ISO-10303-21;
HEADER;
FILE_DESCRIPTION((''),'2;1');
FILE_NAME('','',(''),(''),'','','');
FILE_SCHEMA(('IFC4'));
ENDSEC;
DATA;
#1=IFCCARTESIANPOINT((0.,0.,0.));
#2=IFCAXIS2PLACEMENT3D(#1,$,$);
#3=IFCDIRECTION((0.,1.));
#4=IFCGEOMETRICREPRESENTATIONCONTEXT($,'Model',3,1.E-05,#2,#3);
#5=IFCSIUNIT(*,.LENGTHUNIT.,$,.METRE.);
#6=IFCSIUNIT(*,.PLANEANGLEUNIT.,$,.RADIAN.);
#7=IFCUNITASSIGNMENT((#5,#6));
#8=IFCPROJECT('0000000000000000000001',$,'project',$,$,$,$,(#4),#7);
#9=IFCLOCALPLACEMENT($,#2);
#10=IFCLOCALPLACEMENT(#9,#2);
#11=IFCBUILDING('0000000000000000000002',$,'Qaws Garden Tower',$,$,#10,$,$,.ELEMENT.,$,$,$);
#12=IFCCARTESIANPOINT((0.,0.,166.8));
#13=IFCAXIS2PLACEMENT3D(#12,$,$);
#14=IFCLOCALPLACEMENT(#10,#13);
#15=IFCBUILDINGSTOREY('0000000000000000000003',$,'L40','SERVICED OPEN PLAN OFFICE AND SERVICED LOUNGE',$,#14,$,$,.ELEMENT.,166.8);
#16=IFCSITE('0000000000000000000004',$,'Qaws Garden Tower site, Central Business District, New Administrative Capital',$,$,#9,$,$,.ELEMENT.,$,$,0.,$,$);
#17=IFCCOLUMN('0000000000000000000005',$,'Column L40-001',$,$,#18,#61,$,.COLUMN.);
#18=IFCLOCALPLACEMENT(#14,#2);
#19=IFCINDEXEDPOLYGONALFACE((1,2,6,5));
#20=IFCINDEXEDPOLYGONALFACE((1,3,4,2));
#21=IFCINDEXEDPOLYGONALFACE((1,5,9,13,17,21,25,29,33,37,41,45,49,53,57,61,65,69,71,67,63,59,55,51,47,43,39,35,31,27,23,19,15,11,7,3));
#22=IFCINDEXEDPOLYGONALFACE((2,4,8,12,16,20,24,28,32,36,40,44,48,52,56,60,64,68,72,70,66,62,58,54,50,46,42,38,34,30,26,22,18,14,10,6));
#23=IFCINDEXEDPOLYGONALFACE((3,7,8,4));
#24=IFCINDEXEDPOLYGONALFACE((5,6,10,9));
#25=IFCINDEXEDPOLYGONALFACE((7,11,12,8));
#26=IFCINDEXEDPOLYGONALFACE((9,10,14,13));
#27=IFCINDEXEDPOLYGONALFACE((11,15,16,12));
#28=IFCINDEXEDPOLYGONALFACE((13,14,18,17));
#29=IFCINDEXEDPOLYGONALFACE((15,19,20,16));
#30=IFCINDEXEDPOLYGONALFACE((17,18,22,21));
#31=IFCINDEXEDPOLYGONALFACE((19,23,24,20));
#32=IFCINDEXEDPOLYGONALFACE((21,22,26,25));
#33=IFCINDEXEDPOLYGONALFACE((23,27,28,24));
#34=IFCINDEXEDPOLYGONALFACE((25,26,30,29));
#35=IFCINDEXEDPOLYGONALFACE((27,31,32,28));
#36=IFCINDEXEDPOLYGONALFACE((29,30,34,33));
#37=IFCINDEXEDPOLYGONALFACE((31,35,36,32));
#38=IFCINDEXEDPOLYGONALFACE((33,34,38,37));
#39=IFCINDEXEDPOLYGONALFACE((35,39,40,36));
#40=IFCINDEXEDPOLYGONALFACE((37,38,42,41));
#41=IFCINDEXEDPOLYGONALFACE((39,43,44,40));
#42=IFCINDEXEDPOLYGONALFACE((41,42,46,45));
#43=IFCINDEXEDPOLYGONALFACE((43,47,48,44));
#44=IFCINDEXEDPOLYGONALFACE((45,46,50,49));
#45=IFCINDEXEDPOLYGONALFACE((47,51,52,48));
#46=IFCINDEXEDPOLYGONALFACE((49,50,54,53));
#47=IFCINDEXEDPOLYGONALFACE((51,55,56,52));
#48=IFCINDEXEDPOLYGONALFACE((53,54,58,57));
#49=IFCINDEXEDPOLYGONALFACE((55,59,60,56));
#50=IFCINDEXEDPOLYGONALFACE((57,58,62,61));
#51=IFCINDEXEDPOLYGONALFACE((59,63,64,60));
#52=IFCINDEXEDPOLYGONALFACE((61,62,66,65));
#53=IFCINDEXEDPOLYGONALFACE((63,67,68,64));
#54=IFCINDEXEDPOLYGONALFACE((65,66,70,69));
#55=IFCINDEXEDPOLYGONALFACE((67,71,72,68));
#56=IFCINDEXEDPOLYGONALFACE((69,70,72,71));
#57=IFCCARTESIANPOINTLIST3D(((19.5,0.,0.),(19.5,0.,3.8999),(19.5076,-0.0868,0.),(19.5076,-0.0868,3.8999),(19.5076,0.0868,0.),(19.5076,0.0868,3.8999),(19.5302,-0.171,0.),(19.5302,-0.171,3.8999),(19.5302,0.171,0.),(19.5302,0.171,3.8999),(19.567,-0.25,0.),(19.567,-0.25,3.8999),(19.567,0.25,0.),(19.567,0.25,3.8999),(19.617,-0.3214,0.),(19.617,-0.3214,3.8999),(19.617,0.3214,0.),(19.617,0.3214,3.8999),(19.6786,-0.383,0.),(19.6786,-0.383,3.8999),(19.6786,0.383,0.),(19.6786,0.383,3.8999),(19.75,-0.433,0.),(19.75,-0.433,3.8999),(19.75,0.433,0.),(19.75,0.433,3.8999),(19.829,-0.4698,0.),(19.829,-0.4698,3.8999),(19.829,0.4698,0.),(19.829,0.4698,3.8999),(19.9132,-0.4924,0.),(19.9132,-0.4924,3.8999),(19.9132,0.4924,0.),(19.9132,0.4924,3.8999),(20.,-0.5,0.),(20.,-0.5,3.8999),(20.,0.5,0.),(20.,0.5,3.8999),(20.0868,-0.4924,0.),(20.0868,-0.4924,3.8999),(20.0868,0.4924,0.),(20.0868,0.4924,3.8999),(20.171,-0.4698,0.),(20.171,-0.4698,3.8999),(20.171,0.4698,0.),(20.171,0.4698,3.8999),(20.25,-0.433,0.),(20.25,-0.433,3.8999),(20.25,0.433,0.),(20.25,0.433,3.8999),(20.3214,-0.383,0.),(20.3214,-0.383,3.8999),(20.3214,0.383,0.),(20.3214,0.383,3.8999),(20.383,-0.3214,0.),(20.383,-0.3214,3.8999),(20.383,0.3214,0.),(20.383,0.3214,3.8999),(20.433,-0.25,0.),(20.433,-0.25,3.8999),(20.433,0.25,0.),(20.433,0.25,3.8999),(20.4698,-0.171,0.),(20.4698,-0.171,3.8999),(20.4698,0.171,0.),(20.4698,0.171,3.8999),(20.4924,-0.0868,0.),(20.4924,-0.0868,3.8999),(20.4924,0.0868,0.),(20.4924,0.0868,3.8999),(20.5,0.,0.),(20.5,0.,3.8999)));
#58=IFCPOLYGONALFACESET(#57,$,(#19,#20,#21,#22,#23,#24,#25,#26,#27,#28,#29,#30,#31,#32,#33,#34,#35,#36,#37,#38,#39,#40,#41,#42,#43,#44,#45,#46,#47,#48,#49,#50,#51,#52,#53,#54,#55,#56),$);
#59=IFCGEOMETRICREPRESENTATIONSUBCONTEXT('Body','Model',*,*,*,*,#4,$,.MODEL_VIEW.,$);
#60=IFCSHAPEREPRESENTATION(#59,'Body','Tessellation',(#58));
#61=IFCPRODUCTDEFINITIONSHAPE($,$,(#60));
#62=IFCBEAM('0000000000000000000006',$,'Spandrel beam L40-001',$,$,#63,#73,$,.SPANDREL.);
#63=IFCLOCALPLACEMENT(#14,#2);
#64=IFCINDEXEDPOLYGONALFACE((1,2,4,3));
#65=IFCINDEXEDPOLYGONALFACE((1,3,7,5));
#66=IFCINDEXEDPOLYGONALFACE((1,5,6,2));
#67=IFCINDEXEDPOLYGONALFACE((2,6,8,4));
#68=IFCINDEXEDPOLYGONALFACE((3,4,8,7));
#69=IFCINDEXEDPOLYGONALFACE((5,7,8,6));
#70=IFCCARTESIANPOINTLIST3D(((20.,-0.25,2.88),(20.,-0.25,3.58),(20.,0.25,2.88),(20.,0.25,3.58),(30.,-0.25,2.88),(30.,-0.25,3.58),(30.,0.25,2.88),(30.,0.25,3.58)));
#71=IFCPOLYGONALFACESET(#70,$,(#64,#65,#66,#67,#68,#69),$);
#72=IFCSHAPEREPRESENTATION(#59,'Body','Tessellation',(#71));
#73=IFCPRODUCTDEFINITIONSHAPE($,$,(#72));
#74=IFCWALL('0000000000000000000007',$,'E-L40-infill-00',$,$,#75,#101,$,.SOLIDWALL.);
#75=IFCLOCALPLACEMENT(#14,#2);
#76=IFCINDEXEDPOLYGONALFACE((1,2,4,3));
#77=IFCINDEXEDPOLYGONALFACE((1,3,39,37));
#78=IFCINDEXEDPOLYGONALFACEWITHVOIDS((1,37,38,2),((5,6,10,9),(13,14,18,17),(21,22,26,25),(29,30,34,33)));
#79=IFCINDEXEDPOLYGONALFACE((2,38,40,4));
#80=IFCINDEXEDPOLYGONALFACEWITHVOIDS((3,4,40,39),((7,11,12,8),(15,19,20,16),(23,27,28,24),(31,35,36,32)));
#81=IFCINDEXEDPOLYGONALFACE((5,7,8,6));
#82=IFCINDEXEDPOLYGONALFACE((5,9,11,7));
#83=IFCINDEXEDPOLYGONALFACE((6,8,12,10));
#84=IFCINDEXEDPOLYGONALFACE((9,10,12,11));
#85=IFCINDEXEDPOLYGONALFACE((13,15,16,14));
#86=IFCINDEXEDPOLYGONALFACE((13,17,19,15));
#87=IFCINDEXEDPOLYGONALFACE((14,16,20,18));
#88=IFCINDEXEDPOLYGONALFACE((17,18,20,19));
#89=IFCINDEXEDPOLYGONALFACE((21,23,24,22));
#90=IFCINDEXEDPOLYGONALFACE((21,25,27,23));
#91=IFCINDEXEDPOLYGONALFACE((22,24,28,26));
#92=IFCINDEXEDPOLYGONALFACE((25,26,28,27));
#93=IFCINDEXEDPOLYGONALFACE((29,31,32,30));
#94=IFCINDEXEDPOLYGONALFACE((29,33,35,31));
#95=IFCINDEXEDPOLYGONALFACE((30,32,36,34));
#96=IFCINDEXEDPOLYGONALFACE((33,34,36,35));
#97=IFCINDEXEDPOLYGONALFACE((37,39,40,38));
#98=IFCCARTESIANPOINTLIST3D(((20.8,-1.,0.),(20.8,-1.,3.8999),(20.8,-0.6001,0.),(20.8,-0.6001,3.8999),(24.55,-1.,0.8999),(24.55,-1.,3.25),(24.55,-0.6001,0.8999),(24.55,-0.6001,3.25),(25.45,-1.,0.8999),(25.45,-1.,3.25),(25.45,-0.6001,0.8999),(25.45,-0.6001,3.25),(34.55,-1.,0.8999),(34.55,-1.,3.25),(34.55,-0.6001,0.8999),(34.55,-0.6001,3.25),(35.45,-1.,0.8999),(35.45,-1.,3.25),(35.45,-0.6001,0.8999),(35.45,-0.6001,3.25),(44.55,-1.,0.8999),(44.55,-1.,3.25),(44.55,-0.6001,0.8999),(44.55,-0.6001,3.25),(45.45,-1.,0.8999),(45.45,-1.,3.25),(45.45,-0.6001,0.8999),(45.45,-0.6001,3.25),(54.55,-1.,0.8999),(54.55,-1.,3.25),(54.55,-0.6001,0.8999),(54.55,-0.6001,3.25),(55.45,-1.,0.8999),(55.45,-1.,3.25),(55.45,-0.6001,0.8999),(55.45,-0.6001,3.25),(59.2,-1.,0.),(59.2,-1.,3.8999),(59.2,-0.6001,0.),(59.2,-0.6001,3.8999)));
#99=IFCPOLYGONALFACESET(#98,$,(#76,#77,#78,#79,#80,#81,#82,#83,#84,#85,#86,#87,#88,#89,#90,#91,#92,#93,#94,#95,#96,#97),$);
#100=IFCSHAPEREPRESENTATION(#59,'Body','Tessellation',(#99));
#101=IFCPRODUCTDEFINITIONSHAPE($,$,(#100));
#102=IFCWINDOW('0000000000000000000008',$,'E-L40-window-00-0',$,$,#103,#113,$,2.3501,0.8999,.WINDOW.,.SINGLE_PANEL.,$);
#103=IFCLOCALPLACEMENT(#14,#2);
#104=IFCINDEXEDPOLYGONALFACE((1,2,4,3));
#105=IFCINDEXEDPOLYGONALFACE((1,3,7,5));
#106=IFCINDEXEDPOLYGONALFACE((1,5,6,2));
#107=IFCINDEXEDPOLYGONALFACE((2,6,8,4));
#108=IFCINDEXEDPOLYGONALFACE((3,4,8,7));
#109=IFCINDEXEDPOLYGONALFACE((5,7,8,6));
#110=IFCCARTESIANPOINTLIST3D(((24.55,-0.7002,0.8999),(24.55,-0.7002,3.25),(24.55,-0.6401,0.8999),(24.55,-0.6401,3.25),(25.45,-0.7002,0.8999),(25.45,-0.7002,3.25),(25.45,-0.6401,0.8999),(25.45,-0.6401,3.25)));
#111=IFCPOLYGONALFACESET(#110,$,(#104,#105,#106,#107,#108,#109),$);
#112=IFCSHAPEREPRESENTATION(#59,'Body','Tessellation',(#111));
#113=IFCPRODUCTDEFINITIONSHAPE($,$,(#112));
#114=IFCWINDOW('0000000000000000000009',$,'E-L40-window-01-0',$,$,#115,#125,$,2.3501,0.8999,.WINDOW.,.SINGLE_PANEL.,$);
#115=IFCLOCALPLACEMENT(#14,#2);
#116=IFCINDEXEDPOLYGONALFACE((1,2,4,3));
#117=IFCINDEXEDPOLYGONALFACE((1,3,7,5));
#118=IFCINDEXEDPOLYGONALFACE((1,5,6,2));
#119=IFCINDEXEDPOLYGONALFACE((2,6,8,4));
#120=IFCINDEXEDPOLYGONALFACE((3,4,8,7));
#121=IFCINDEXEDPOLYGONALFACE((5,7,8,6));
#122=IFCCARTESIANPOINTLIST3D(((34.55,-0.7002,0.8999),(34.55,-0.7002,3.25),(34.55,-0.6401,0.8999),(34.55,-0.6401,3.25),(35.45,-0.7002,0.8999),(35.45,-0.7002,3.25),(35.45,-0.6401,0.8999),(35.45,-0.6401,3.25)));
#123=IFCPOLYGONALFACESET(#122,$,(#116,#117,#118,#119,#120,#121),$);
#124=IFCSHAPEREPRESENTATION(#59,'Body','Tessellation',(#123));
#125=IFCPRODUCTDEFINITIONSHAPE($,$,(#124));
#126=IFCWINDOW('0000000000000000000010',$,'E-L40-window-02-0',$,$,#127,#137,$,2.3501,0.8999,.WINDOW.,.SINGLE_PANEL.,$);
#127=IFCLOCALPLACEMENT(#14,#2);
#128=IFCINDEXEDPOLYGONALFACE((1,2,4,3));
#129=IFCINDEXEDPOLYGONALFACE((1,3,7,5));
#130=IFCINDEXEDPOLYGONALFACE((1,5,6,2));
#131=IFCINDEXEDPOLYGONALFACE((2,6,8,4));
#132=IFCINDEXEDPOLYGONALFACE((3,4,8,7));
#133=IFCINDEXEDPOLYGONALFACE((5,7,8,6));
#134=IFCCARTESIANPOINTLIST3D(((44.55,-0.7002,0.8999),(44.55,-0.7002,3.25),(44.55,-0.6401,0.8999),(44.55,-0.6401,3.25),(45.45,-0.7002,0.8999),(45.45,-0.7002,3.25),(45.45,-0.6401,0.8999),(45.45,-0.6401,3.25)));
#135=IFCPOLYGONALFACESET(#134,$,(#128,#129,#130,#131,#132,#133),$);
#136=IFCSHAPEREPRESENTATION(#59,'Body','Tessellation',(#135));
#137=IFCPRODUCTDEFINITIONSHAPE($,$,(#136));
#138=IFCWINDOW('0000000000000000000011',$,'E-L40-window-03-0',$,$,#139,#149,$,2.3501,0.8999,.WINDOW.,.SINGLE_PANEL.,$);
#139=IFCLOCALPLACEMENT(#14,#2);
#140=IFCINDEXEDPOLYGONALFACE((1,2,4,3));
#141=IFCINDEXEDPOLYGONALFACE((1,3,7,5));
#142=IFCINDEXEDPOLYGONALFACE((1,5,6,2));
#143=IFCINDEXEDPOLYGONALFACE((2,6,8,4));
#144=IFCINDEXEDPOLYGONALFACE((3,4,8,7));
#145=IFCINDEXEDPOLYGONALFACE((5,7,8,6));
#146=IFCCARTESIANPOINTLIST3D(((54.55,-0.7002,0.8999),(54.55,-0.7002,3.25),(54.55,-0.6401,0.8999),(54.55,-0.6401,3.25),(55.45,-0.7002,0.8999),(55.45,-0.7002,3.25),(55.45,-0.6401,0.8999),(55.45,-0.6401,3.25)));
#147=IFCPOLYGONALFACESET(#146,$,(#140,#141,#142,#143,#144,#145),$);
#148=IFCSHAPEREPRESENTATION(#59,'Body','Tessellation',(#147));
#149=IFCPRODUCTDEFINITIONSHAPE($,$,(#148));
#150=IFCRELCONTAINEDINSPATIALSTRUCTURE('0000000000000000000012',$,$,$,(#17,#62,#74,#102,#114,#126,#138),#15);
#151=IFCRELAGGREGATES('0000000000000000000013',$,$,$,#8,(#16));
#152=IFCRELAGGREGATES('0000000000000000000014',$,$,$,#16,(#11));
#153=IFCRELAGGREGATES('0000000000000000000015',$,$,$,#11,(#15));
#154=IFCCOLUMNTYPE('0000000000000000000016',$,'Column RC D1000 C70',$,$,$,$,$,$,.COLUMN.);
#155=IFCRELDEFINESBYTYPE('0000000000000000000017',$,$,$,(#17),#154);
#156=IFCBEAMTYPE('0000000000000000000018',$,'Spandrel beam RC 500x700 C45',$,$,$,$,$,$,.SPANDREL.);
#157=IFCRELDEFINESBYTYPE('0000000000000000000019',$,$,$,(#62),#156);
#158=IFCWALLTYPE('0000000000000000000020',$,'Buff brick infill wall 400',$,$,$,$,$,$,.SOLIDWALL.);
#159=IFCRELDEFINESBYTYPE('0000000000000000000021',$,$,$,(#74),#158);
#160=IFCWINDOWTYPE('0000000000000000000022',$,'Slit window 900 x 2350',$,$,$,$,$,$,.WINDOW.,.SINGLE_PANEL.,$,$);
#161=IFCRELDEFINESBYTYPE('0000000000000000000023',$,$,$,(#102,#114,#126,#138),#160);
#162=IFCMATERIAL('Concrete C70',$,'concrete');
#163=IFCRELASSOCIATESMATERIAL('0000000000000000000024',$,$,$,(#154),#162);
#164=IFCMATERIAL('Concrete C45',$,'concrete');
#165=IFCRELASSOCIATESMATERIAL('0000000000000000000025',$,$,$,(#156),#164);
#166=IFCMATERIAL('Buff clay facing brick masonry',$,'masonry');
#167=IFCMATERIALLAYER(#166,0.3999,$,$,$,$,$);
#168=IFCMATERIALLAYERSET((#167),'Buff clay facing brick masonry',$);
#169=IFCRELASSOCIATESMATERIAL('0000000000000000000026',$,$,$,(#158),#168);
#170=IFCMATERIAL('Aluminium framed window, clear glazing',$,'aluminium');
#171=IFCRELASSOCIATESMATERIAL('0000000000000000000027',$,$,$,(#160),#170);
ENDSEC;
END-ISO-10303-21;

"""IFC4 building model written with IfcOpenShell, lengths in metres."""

from ifc_helpers import new_model, si_unit, direction, frame, frame_2d, origin, origin_2d, place, context, subcontext, project, spatial, rectangle, circle, extrude, material, layer, layer_set, material_profile, profile_set, type_object, element, fill, save


model = new_model("IFC4")

# Units and contexts
model_context = context("Model", 3, precision=1e-05, world=origin(), true_north=direction((0.0, 1.0)))
body_context = subcontext(model_context, "Body", "Model", "MODEL_VIEW")
ifc_project = project(units=[si_unit("LENGTHUNIT", "METRE"), si_unit("PLANEANGLEUNIT", "RADIAN")], contexts=[model_context])

# Site, building, storey
site_placement = place(None, origin())
site = spatial("IfcSite", under=ifc_project, at=site_placement, Name="Qaws Garden Tower site, Central Business District, New Administrative Capital", CompositionType="ELEMENT", RefElevation=0.0)
building_placement = place(site_placement, origin())
building = spatial("IfcBuilding", under=site, at=building_placement, Name="Qaws Garden Tower", CompositionType="ELEMENT")
storey_placement = place(building_placement, frame((0.0, 0.0, 166.8)))
storey = spatial("IfcBuildingStorey", under=building, at=storey_placement, Name="L40", Description="SERVICED OPEN PLAN OFFICE AND SERVICED LOUNGE", CompositionType="ELEMENT", Elevation=166.8)

# Column
ifc_material_1 = material(Name="Concrete C70", Category="concrete")
ifc_material_profile_1 = material_profile(ifc_material_1, circle(Radius=0.5, at=origin_2d()), Name="RC D1000")
ifc_profile_set_1 = profile_set([ifc_material_profile_1], Name="Concrete C70")
column_type = type_object("IfcColumnType", Name="Column RC D1000 C70", PredefinedType="COLUMN", material=ifc_profile_set_1)
column_placement = place(storey_placement, frame((20.0, 0.0, 0.0), z_axis=(0.0, 0.0, 1.0), x_axis=(1.0, 0.0, 0.0)))
element("IfcColumn", 1, at=column_placement, inside=storey, type_object=column_type, Name="Column L40-001", PredefinedType="COLUMN", context=body_context, shape_type="SweptSolid", body=[
    extrude(circle(Radius=0.5, at=origin_2d()), origin(), (0.0, 0.0, 1.0), 3.8999),
])

# Beam
ifc_material_2 = material(Name="Concrete C45", Category="concrete")
ifc_material_profile_2 = material_profile(ifc_material_2, rectangle(XDim=0.5, YDim=0.7, at=origin_2d()), Name="RC 500x700")
ifc_profile_set_2 = profile_set([ifc_material_profile_2], Name="Concrete C45")
beam_type = type_object("IfcBeamType", Name="Spandrel beam RC 500x700 C45", PredefinedType="SPANDREL", material=ifc_profile_set_2)
beam_placement = place(storey_placement, frame((20.0, 0.0, 3.23), z_axis=(1.0, 0.0, 0.0), x_axis=(0.0, 1.0, 0.0)))
element("IfcBeam", 2, at=beam_placement, inside=storey, type_object=beam_type, Name="Spandrel beam L40-001", PredefinedType="SPANDREL", context=body_context, shape_type="SweptSolid", body=[
    extrude(rectangle(XDim=0.5, YDim=0.7, at=origin_2d()), origin(), (0.0, 0.0, 1.0), 10.0),
])

# Wall, openings, windows
ifc_material_3 = material(Name="Buff clay facing brick masonry", Category="masonry")
ifc_layer_1 = layer(ifc_material_3, 0.3999)
ifc_layer_set_1 = layer_set([ifc_layer_1], Name="Buff clay facing brick masonry")
wall_type_1 = type_object("IfcWallType", Name="Buff brick infill wall 400", PredefinedType="SOLIDWALL", material=ifc_layer_set_1)
wall_1_placement = place(storey_placement, frame((20.8, -0.8, 0.0), z_axis=(0.0, 0.0, 1.0), x_axis=(1.0, 0.0, 0.0)))
wall_1 = element("IfcWall", 3, at=wall_1_placement, inside=storey, type_object=wall_type_1, Name="E-L40-infill-00", PredefinedType="SOLIDWALL", context=body_context, shape_type="SweptSolid", body=[
    extrude(rectangle(XDim=38.3999, YDim=0.3999, at=frame_2d((19.2, 0.0))), origin(), (0.0, 0.0, 1.0), 3.8999),
])
opening_1_placement = place(wall_1_placement, frame((3.75, 0.0, 0.8999)))
opening_1 = element("IfcOpeningElement", 4, at=opening_1_placement, cuts=wall_1, PredefinedType="OPENING", context=body_context, shape_type="SweptSolid", body=[
    extrude(rectangle(XDim=0.8999, YDim=2.3501, at=frame_2d((0.45, 1.175))), frame((0.0, 0.21, 0.0), z_axis=(0.0, -1.0, 0.0), x_axis=(1.0, 0.0, 0.0)), (0.0, 0.0, 1.0), 0.4199),
])
opening_2_placement = place(wall_1_placement, frame((13.75, 0.0, 0.8999)))
opening_2 = element("IfcOpeningElement", 5, at=opening_2_placement, cuts=wall_1, PredefinedType="OPENING", context=body_context, shape_type="SweptSolid", body=[
    extrude(rectangle(XDim=0.8999, YDim=2.3501, at=frame_2d((0.45, 1.175))), frame((0.0, 0.21, 0.0), z_axis=(0.0, -1.0, 0.0), x_axis=(1.0, 0.0, 0.0)), (0.0, 0.0, 1.0), 0.4199),
])
opening_3_placement = place(wall_1_placement, frame((23.75, 0.0, 0.8999)))
opening_3 = element("IfcOpeningElement", 6, at=opening_3_placement, cuts=wall_1, PredefinedType="OPENING", context=body_context, shape_type="SweptSolid", body=[
    extrude(rectangle(XDim=0.8999, YDim=2.3501, at=frame_2d((0.45, 1.175))), frame((0.0, 0.21, 0.0), z_axis=(0.0, -1.0, 0.0), x_axis=(1.0, 0.0, 0.0)), (0.0, 0.0, 1.0), 0.4199),
])
opening_4_placement = place(wall_1_placement, frame((33.75, 0.0, 0.8999)))
opening_4 = element("IfcOpeningElement", 7, at=opening_4_placement, cuts=wall_1, PredefinedType="OPENING", context=body_context, shape_type="SweptSolid", body=[
    extrude(rectangle(XDim=0.8999, YDim=2.3501, at=frame_2d((0.45, 1.175))), frame((0.0, 0.21, 0.0), z_axis=(0.0, -1.0, 0.0), x_axis=(1.0, 0.0, 0.0)), (0.0, 0.0, 1.0), 0.4199),
])
ifc_material_4 = material(Name="Aluminium framed window, clear glazing", Category="aluminium")
window_type = type_object("IfcWindowType", Name="Slit window 900 x 2350", PartitioningType="SINGLE_PANEL", PredefinedType="WINDOW", material=ifc_material_4)
window_1_placement = place(opening_1_placement, origin())
window_1 = element("IfcWindow", 8, at=window_1_placement, inside=storey, type_object=window_type, Name="E-L40-window-00-0", OverallHeight=2.3501, OverallWidth=0.8999, PartitioningType="SINGLE_PANEL", PredefinedType="WINDOW", context=body_context, shape_type="SweptSolid", body=[
    extrude(rectangle(XDim=0.8999, YDim=2.3501, at=frame_2d((0.45, 1.175))), frame((0.0, 0.1599, 0.0), z_axis=(0.0, -1.0, 0.0), x_axis=(1.0, 0.0, 0.0)), (0.0, 0.0, 1.0), 0.0601),
])
fill(opening_1, window_1)
window_2_placement = place(opening_2_placement, origin())
window_2 = element("IfcWindow", 9, at=window_2_placement, inside=storey, type_object=window_type, Name="E-L40-window-01-0", OverallHeight=2.3501, OverallWidth=0.8999, PartitioningType="SINGLE_PANEL", PredefinedType="WINDOW", context=body_context, shape_type="SweptSolid", body=[
    extrude(rectangle(XDim=0.8999, YDim=2.3501, at=frame_2d((0.45, 1.175))), frame((0.0, 0.1599, 0.0), z_axis=(0.0, -1.0, 0.0), x_axis=(1.0, 0.0, 0.0)), (0.0, 0.0, 1.0), 0.0601),
])
fill(opening_2, window_2)
window_3_placement = place(opening_3_placement, origin())
window_3 = element("IfcWindow", 10, at=window_3_placement, inside=storey, type_object=window_type, Name="E-L40-window-02-0", OverallHeight=2.3501, OverallWidth=0.8999, PartitioningType="SINGLE_PANEL", PredefinedType="WINDOW", context=body_context, shape_type="SweptSolid", body=[
    extrude(rectangle(XDim=0.8999, YDim=2.3501, at=frame_2d((0.45, 1.175))), frame((0.0, 0.1599, 0.0), z_axis=(0.0, -1.0, 0.0), x_axis=(1.0, 0.0, 0.0)), (0.0, 0.0, 1.0), 0.0601),
])
fill(opening_3, window_3)
window_4_placement = place(opening_4_placement, origin())
window_4 = element("IfcWindow", 11, at=window_4_placement, inside=storey, type_object=window_type, Name="E-L40-window-03-0", OverallHeight=2.3501, OverallWidth=0.8999, PartitioningType="SINGLE_PANEL", PredefinedType="WINDOW", context=body_context, shape_type="SweptSolid", body=[
    extrude(rectangle(XDim=0.8999, YDim=2.3501, at=frame_2d((0.45, 1.175))), frame((0.0, 0.1599, 0.0), z_axis=(0.0, -1.0, 0.0), x_axis=(1.0, 0.0, 0.0)), (0.0, 0.0, 1.0), 0.0601),
])
fill(opening_4, window_4)

save(model, "model.ifc")
